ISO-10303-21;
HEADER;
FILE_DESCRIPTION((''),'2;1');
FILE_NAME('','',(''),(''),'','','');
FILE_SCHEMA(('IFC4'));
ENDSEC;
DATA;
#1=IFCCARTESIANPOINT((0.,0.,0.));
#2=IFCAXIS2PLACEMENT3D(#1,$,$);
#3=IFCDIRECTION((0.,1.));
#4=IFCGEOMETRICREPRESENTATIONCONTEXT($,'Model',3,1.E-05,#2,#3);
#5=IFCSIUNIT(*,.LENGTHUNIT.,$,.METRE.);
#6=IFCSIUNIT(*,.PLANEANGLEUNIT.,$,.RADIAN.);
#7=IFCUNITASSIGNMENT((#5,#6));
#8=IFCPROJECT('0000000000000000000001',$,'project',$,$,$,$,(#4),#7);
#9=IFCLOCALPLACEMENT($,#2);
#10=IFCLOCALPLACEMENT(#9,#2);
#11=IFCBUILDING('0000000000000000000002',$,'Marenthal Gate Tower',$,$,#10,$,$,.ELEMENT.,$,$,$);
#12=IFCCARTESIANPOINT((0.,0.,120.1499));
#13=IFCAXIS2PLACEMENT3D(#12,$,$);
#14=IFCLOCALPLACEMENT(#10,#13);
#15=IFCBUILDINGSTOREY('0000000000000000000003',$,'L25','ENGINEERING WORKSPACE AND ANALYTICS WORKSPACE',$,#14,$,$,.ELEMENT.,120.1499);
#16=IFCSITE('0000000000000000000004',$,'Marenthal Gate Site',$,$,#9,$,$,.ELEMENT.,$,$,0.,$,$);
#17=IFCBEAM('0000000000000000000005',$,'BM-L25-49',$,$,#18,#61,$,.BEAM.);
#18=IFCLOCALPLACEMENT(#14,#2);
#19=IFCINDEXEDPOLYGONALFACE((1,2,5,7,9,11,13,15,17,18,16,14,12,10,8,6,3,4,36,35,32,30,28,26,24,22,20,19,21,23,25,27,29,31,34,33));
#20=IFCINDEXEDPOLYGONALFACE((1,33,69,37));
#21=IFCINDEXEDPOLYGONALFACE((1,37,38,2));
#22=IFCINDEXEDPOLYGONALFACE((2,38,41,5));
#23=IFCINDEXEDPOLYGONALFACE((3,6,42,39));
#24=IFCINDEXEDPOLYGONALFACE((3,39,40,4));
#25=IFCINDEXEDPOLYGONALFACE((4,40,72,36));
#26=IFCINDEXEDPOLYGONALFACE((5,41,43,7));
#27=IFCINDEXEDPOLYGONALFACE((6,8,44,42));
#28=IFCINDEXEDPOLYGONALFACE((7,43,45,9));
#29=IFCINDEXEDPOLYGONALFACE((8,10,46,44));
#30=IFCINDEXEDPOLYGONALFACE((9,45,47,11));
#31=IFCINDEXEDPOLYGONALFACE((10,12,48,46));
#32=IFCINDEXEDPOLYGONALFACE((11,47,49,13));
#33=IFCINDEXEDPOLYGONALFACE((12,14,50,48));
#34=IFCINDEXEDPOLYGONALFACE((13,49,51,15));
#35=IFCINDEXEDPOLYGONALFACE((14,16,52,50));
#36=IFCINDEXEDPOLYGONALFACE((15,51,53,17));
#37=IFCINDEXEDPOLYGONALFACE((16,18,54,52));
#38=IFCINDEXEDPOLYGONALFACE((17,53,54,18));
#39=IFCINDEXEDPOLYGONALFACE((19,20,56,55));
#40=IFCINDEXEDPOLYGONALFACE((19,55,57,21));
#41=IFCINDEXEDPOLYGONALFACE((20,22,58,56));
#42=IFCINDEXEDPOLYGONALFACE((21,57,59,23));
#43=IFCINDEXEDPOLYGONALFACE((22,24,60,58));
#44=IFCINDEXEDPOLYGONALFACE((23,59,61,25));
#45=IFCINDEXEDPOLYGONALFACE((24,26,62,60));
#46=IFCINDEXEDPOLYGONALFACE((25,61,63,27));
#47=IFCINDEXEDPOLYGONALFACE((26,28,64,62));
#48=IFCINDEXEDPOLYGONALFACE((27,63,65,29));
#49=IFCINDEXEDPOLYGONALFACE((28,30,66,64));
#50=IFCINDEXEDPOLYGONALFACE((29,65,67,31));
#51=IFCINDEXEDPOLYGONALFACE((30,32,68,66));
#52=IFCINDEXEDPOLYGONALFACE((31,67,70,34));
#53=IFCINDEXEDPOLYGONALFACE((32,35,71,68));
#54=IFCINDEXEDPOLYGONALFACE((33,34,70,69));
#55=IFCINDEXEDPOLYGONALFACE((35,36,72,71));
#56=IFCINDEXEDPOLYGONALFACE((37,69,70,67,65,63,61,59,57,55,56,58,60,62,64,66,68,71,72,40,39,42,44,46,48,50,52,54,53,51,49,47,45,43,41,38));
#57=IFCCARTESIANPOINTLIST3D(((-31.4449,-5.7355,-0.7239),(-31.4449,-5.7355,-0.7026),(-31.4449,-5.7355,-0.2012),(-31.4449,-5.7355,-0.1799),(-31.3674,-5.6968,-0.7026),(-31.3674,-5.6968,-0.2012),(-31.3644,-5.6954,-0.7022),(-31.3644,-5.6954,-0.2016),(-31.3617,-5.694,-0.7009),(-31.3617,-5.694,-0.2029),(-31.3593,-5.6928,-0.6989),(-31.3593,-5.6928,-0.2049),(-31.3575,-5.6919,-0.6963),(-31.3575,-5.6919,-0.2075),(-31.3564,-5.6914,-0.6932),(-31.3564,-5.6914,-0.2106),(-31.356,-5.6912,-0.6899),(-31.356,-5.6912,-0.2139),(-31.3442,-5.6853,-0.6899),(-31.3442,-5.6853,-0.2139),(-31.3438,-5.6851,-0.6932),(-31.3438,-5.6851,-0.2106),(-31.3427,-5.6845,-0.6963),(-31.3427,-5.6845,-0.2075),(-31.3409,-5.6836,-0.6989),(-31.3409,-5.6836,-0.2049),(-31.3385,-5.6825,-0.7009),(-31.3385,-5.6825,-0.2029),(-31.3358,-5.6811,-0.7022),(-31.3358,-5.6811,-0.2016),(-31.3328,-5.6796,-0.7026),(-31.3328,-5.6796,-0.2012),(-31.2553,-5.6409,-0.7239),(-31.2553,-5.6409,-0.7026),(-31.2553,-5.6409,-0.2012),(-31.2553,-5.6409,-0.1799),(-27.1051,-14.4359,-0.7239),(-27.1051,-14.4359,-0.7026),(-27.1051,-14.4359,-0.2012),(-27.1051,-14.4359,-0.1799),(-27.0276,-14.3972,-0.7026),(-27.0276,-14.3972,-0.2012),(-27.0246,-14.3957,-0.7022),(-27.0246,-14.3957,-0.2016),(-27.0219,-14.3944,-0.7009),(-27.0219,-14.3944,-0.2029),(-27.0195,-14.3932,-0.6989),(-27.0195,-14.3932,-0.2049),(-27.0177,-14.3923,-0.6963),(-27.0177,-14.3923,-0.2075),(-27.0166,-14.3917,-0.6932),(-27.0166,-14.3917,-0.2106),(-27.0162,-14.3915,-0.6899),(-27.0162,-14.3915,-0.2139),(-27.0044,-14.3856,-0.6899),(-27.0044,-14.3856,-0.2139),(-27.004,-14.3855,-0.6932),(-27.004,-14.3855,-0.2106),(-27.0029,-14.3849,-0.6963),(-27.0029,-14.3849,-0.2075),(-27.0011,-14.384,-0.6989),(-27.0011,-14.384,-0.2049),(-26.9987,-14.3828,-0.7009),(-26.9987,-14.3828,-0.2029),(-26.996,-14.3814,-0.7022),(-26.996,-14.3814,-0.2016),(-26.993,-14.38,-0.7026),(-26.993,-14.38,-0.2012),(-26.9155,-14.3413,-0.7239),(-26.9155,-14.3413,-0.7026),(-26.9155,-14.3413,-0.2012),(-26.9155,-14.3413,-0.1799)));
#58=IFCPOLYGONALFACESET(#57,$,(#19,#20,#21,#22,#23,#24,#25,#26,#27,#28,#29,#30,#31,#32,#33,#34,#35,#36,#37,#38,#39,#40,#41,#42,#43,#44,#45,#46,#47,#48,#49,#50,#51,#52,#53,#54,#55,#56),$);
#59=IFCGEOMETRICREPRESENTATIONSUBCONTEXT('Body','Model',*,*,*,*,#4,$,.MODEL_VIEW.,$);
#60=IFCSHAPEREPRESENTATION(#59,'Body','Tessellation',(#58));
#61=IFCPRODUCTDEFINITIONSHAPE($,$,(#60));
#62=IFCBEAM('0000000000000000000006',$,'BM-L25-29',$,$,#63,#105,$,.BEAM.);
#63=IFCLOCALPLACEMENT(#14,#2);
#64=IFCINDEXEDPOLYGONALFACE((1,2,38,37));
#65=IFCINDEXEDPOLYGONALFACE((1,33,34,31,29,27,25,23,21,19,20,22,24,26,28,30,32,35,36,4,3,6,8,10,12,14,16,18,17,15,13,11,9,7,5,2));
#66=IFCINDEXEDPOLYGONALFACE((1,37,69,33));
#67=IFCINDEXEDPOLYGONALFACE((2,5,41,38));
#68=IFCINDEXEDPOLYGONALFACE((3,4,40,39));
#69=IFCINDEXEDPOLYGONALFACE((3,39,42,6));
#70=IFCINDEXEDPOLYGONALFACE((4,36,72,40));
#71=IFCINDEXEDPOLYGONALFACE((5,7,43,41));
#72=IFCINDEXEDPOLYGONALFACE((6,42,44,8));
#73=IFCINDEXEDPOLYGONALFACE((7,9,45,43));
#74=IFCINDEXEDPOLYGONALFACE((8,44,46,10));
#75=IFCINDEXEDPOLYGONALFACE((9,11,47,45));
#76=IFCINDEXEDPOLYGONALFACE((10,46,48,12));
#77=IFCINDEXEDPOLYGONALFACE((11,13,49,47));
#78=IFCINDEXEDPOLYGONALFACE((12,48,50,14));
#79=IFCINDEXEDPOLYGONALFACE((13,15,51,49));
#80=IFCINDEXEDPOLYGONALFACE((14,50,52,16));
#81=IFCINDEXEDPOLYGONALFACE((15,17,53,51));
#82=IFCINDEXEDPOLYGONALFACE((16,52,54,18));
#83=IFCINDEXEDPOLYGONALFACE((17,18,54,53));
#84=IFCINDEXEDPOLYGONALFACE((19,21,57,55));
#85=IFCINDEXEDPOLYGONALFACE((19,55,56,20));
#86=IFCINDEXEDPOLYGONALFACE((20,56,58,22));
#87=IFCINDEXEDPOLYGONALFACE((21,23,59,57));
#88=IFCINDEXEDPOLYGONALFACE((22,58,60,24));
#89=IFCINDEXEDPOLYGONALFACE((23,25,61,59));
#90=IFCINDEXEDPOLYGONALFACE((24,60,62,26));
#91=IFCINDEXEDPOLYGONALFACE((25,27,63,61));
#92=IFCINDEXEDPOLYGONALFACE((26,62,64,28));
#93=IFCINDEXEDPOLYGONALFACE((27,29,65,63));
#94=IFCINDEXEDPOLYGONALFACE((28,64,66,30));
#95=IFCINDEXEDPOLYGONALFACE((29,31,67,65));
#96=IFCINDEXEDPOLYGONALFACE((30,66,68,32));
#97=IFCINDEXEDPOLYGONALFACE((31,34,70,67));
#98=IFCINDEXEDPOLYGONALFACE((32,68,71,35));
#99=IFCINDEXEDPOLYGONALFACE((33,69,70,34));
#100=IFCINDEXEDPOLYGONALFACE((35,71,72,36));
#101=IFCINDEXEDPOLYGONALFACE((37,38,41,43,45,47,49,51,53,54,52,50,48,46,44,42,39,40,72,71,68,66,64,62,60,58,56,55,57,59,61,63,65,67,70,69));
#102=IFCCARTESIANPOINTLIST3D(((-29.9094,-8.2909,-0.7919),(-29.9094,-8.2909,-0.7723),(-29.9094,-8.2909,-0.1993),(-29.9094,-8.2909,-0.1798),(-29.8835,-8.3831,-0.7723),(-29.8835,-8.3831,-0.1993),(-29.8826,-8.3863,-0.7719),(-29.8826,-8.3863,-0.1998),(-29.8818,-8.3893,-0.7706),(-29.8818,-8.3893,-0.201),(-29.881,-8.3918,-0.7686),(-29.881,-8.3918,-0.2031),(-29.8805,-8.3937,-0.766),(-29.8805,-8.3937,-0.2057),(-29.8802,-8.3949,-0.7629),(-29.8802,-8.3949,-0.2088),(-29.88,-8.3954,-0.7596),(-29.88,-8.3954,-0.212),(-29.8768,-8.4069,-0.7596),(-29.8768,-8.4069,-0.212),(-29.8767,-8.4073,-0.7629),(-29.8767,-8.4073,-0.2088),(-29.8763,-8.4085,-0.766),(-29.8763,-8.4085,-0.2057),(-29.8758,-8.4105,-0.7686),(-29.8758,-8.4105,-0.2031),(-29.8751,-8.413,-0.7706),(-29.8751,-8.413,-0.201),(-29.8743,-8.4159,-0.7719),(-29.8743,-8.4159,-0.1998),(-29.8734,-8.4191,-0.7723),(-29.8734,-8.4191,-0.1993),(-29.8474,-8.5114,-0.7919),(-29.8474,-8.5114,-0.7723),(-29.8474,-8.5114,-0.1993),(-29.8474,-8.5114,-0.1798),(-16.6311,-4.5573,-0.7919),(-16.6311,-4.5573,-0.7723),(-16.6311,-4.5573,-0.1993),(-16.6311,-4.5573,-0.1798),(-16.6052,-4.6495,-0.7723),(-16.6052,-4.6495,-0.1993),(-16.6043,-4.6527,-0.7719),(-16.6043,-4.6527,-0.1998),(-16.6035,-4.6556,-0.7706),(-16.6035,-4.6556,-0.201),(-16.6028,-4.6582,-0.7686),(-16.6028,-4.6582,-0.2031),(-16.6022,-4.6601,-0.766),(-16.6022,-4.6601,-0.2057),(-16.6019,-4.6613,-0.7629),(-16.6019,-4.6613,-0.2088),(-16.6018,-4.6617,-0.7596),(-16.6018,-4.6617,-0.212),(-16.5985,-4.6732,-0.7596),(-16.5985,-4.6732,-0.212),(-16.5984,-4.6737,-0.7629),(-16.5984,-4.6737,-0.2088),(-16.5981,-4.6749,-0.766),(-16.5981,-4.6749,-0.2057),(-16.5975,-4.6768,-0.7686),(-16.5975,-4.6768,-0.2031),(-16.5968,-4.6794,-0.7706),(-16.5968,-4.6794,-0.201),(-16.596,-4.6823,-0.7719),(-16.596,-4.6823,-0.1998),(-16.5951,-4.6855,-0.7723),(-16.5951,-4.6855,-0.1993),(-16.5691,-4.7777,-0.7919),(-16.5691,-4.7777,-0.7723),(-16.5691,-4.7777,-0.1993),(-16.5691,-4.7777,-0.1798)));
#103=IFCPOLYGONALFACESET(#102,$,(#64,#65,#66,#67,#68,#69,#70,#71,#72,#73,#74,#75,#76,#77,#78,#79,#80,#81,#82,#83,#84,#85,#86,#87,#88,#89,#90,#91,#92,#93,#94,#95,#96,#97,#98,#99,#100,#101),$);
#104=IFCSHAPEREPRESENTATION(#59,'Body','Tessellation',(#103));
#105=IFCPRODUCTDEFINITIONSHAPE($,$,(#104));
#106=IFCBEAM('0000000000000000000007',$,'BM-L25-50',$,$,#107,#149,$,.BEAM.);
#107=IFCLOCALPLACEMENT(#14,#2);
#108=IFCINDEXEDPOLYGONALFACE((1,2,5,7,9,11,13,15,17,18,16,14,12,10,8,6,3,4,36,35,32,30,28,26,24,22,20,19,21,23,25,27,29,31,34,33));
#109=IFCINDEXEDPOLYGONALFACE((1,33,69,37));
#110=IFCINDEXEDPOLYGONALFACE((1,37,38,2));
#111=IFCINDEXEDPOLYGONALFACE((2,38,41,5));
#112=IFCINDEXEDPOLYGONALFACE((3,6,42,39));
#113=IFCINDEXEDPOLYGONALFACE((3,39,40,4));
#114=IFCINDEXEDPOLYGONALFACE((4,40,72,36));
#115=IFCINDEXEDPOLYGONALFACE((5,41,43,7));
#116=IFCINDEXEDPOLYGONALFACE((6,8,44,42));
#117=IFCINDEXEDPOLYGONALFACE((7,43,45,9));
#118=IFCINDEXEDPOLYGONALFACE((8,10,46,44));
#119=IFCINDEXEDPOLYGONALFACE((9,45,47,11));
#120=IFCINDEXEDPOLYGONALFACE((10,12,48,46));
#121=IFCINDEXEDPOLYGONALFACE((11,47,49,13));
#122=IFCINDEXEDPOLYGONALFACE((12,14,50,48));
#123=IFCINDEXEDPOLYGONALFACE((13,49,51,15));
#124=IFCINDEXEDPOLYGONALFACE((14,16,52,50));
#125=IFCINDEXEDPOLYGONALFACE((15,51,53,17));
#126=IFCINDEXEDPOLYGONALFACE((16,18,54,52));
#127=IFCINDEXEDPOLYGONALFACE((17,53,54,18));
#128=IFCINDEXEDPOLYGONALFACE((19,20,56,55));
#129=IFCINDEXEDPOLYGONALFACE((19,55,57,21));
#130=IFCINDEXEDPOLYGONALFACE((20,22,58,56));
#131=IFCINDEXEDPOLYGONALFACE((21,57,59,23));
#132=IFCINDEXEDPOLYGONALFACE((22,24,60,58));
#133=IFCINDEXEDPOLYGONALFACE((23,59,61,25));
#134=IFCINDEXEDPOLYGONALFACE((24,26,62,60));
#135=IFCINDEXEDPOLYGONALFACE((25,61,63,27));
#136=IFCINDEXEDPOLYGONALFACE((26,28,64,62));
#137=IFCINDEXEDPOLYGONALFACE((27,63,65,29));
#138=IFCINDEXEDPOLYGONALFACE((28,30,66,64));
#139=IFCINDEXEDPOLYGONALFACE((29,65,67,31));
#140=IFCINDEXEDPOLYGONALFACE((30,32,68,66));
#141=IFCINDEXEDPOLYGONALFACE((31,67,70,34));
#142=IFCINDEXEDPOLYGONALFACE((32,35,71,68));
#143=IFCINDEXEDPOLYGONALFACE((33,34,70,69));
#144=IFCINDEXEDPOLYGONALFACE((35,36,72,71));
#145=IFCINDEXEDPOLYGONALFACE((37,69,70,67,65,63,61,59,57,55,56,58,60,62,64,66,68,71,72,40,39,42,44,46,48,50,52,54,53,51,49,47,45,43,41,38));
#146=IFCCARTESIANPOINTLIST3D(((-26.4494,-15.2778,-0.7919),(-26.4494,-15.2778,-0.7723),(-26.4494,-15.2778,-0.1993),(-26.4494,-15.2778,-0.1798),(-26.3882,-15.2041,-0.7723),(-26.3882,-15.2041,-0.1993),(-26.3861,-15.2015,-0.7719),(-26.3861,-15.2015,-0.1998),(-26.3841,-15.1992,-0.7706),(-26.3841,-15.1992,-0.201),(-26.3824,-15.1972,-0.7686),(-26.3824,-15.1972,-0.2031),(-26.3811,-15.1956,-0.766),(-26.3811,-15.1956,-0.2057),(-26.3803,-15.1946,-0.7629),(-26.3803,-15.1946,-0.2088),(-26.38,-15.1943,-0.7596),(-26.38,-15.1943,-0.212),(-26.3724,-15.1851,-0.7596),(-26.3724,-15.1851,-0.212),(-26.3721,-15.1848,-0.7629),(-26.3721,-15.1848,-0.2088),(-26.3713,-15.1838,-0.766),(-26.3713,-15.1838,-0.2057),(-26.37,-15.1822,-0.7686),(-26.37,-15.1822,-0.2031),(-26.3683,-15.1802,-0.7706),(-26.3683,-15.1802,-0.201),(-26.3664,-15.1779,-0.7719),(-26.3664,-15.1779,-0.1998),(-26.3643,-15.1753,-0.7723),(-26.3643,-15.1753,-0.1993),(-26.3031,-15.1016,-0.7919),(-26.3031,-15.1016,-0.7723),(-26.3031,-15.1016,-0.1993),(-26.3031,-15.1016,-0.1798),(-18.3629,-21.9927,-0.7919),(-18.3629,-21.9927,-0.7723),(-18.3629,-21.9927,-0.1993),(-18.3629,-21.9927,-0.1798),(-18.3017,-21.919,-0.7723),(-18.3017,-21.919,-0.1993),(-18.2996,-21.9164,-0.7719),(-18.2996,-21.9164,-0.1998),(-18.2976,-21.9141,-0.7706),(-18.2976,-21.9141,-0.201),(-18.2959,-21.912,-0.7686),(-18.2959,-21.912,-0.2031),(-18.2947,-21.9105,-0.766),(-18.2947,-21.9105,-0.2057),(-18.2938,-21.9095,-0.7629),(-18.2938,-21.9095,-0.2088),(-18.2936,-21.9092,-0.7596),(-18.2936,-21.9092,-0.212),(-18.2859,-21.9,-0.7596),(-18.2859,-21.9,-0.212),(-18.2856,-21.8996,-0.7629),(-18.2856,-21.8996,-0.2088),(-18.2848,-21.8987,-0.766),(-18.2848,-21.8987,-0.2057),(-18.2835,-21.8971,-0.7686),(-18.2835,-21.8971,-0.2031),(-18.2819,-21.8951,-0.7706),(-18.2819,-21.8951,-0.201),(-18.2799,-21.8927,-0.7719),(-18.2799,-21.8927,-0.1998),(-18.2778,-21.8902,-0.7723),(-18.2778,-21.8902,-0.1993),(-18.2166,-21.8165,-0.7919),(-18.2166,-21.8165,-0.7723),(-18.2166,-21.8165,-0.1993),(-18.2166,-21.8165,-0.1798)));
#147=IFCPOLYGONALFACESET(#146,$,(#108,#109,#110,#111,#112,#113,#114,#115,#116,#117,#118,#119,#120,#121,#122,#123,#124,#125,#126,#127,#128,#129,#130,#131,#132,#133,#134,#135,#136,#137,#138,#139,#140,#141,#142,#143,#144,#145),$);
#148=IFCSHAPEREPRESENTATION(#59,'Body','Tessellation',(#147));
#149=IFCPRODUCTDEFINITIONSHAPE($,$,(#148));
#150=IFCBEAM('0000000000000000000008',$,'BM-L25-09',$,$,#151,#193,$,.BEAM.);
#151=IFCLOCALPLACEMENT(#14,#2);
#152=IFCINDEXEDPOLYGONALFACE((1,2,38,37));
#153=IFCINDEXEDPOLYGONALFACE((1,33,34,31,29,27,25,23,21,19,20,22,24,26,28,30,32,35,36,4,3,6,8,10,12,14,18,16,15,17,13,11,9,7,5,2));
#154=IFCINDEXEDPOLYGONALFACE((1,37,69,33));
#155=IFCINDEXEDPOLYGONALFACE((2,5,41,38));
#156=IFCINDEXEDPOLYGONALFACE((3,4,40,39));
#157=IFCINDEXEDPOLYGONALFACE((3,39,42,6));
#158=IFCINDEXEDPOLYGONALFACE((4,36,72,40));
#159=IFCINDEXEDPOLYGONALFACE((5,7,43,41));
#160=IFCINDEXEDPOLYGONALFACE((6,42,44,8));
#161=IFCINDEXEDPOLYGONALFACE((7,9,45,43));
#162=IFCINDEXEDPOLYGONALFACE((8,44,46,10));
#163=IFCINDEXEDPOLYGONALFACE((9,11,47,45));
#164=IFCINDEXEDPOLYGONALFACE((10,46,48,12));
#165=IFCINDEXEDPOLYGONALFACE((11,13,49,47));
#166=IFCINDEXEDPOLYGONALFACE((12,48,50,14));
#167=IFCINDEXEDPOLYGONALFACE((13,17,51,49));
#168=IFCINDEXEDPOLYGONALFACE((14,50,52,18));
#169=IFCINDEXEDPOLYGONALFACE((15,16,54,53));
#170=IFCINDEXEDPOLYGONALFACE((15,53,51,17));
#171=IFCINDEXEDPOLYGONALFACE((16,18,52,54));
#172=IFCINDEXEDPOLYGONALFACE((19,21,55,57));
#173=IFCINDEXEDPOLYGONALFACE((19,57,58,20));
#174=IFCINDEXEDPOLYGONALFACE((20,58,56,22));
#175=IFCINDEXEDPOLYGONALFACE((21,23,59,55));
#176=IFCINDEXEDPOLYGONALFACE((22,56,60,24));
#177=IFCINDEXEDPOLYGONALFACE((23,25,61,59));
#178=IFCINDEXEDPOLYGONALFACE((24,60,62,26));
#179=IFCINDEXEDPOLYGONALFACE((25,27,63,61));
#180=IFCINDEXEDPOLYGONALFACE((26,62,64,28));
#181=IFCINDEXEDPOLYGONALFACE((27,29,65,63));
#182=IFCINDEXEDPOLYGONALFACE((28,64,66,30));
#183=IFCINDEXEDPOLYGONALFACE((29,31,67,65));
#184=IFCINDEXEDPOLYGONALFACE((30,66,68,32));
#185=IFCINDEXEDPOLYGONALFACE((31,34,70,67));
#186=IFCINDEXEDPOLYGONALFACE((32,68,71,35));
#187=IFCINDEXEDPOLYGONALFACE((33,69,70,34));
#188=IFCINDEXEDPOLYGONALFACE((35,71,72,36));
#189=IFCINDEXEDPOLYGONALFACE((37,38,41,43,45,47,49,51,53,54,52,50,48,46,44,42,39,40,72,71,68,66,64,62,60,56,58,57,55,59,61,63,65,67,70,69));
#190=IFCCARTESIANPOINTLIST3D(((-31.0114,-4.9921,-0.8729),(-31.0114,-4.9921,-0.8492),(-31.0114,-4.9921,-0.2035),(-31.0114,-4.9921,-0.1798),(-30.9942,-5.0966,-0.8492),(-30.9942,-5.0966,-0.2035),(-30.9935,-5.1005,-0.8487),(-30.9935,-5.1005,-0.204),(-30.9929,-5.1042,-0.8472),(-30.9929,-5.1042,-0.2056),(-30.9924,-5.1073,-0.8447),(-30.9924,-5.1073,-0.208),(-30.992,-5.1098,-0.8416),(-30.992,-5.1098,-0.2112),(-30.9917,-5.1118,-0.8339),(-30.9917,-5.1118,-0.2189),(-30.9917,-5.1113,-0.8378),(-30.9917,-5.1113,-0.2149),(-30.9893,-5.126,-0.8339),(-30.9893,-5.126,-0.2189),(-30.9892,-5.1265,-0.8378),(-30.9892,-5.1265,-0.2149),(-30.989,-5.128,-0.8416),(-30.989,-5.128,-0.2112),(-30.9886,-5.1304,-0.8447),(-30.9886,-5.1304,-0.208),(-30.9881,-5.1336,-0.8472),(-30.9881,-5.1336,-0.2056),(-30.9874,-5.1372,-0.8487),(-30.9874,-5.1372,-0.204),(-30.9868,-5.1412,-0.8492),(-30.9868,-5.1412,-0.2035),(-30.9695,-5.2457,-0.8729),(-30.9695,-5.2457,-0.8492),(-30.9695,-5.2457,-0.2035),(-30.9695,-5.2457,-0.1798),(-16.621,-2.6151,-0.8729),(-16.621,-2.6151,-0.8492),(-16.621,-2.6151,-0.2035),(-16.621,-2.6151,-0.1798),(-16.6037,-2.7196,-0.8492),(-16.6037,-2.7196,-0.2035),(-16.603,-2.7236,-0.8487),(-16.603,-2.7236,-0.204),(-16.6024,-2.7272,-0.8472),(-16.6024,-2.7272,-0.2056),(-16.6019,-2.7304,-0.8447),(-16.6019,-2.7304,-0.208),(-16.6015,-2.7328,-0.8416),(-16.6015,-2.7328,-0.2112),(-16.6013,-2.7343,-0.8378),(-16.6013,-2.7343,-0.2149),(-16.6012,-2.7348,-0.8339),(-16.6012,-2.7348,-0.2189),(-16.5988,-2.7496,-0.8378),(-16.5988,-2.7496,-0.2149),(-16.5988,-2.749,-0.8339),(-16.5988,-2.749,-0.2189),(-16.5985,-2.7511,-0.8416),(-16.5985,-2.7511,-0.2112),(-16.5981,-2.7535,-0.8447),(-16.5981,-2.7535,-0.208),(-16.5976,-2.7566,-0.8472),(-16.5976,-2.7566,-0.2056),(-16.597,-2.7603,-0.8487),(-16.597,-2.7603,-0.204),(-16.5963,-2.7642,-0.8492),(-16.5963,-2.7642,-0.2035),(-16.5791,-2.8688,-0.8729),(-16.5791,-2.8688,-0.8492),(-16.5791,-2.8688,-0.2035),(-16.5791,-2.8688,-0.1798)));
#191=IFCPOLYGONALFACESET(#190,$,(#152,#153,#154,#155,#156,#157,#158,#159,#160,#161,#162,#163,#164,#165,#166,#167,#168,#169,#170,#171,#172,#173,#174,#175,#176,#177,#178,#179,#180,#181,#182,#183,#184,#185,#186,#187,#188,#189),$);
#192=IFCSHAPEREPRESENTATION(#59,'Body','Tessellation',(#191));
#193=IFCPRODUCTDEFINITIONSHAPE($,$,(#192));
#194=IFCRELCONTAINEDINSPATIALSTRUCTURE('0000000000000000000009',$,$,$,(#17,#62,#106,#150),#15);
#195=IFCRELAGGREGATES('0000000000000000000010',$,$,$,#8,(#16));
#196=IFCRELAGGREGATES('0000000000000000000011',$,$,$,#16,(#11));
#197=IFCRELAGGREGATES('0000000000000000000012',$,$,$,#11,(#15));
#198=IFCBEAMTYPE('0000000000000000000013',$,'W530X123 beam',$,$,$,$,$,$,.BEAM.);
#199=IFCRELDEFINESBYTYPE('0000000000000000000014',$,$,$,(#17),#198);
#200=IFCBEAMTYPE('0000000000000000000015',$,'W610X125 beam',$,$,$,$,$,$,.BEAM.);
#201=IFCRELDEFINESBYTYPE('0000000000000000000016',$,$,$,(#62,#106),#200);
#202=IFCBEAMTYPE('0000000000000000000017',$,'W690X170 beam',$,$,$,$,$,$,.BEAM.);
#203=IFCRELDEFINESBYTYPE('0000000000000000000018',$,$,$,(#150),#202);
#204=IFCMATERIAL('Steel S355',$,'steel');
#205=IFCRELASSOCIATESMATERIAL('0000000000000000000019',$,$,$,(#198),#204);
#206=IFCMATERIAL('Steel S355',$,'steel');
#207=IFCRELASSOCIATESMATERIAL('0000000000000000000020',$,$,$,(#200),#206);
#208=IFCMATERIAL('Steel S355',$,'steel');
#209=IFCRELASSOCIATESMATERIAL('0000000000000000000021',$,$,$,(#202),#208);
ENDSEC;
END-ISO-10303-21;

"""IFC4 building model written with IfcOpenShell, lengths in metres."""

from ifc_helpers import new_model, si_unit, direction, frame, origin, origin_2d, place, context, subcontext, project, spatial, i_section, extrude, material, material_profile, profile_set, type_object, element, save


model = new_model("IFC4")

# Units and contexts
model_context = context("Model", 3, precision=1e-05, world=origin(), true_north=direction((0.0, 1.0)))
body_context = subcontext(model_context, "Body", "Model", "MODEL_VIEW")
ifc_project = project(units=[si_unit("LENGTHUNIT", "METRE"), si_unit("PLANEANGLEUNIT", "RADIAN")], contexts=[model_context])

# Site, building, storey
site_placement = place(None, origin())
site = spatial("IfcSite", under=ifc_project, at=site_placement, Name="Marenthal Gate Site", CompositionType="ELEMENT", RefElevation=0.0)
building_placement = place(site_placement, origin())
building = spatial("IfcBuilding", under=site, at=building_placement, Name="Marenthal Gate Tower", CompositionType="ELEMENT")
storey_placement = place(building_placement, frame((0.0, 0.0, 120.1499)))
storey = spatial("IfcBuildingStorey", under=building, at=storey_placement, Name="L25", Description="ENGINEERING WORKSPACE AND ANALYTICS WORKSPACE", CompositionType="ELEMENT", Elevation=120.1499)

# Beams
ifc_material_1 = material(Name="Steel S355", Category="steel")
ifc_material_profile_1 = material_profile(ifc_material_1, i_section(OverallWidth=0.2119, OverallDepth=0.5439, WebThickness=0.0132, FlangeThickness=0.0212, FilletRadius=0.0127, at=origin_2d()), Name="W530X123")
ifc_profile_set_1 = profile_set([ifc_material_profile_1], Name="Steel S355")
beam_type_1 = type_object("IfcBeamType", Name="W530X123 beam", PredefinedType="BEAM", material=ifc_profile_set_1)
beam_1_placement = place(storey_placement, frame((-31.3501, -5.6882, -0.4519), z_axis=(0.44636, -0.894854, 0.0), x_axis=(0.894854, 0.44636, 0.0)))
element("IfcBeam", 1, at=beam_1_placement, inside=storey, type_object=beam_type_1, Name="BM-L25-49", PredefinedType="BEAM", context=body_context, shape_type="SweptSolid", body=[
    extrude(i_section(OverallWidth=0.2119, OverallDepth=0.5439, WebThickness=0.0132, FlangeThickness=0.0212, FilletRadius=0.0127, at=origin_2d()), origin(), (0.0, 0.0, 1.0), 9.7227),
])
ifc_material_2 = material(Name="Steel S355", Category="steel")
ifc_material_profile_2 = material_profile(ifc_material_2, i_section(OverallWidth=0.229, OverallDepth=0.6121, WebThickness=0.012, FlangeThickness=0.0195, FilletRadius=0.0127, at=origin_2d()), Name="W610X125")
ifc_profile_set_2 = profile_set([ifc_material_profile_2], Name="Steel S355")
beam_type_2 = type_object("IfcBeamType", Name="W610X125 beam", PredefinedType="BEAM", material=ifc_profile_set_2)
beam_2_placement = place(storey_placement, frame((-29.8784, -8.4011, -0.4858), z_axis=(0.962668, 0.270686, 0.0), x_axis=(-0.270686, 0.962668, 0.0)))
element("IfcBeam", 2, at=beam_2_placement, inside=storey, type_object=beam_type_2, Name="BM-L25-29", PredefinedType="BEAM", context=body_context, shape_type="SweptSolid", body=[
    extrude(i_section(OverallWidth=0.229, OverallDepth=0.6121, WebThickness=0.012, FlangeThickness=0.0195, FilletRadius=0.0127, at=origin_2d()), origin(), (0.0, 0.0, 1.0), 13.7932),
])
beam_3_placement = place(storey_placement, frame((-26.3762, -15.1897, -0.4858), z_axis=(0.769336, -0.638845, 0.0), x_axis=(0.638845, 0.769336, 0.0)))
element("IfcBeam", 3, at=beam_3_placement, inside=storey, type_object=beam_type_2, Name="BM-L25-50", PredefinedType="BEAM", context=body_context, shape_type="SweptSolid", body=[
    extrude(i_section(OverallWidth=0.229, OverallDepth=0.6121, WebThickness=0.012, FlangeThickness=0.0195, FilletRadius=0.0127, at=origin_2d()), origin(), (0.0, 0.0, 1.0), 10.511),
])
ifc_material_3 = material(Name="Steel S355", Category="steel")
ifc_material_profile_3 = material_profile(ifc_material_3, i_section(OverallWidth=0.2571, OverallDepth=0.6931, WebThickness=0.0144, FlangeThickness=0.0237, FilletRadius=0.0154, at=origin_2d()), Name="W690X170")
ifc_profile_set_3 = profile_set([ifc_material_profile_3], Name="Steel S355")
beam_type_3 = type_object("IfcBeamType", Name="W690X170 beam", PredefinedType="BEAM", material=ifc_profile_set_3)
beam_4_placement = place(storey_placement, frame((-30.9905, -5.1189, -0.5264), z_axis=(0.986631, 0.162968, 0.0), x_axis=(-0.162968, 0.986631, 0.0)))
element("IfcBeam", 4, at=beam_4_placement, inside=storey, type_object=beam_type_3, Name="BM-L25-09", PredefinedType="BEAM", context=body_context, shape_type="SweptSolid", body=[
    extrude(i_section(OverallWidth=0.2571, OverallDepth=0.6931, WebThickness=0.0144, FlangeThickness=0.0237, FilletRadius=0.0154, at=origin_2d()), origin(), (0.0, 0.0, 1.0), 14.5854),
])

save(model, "model.ifc")
